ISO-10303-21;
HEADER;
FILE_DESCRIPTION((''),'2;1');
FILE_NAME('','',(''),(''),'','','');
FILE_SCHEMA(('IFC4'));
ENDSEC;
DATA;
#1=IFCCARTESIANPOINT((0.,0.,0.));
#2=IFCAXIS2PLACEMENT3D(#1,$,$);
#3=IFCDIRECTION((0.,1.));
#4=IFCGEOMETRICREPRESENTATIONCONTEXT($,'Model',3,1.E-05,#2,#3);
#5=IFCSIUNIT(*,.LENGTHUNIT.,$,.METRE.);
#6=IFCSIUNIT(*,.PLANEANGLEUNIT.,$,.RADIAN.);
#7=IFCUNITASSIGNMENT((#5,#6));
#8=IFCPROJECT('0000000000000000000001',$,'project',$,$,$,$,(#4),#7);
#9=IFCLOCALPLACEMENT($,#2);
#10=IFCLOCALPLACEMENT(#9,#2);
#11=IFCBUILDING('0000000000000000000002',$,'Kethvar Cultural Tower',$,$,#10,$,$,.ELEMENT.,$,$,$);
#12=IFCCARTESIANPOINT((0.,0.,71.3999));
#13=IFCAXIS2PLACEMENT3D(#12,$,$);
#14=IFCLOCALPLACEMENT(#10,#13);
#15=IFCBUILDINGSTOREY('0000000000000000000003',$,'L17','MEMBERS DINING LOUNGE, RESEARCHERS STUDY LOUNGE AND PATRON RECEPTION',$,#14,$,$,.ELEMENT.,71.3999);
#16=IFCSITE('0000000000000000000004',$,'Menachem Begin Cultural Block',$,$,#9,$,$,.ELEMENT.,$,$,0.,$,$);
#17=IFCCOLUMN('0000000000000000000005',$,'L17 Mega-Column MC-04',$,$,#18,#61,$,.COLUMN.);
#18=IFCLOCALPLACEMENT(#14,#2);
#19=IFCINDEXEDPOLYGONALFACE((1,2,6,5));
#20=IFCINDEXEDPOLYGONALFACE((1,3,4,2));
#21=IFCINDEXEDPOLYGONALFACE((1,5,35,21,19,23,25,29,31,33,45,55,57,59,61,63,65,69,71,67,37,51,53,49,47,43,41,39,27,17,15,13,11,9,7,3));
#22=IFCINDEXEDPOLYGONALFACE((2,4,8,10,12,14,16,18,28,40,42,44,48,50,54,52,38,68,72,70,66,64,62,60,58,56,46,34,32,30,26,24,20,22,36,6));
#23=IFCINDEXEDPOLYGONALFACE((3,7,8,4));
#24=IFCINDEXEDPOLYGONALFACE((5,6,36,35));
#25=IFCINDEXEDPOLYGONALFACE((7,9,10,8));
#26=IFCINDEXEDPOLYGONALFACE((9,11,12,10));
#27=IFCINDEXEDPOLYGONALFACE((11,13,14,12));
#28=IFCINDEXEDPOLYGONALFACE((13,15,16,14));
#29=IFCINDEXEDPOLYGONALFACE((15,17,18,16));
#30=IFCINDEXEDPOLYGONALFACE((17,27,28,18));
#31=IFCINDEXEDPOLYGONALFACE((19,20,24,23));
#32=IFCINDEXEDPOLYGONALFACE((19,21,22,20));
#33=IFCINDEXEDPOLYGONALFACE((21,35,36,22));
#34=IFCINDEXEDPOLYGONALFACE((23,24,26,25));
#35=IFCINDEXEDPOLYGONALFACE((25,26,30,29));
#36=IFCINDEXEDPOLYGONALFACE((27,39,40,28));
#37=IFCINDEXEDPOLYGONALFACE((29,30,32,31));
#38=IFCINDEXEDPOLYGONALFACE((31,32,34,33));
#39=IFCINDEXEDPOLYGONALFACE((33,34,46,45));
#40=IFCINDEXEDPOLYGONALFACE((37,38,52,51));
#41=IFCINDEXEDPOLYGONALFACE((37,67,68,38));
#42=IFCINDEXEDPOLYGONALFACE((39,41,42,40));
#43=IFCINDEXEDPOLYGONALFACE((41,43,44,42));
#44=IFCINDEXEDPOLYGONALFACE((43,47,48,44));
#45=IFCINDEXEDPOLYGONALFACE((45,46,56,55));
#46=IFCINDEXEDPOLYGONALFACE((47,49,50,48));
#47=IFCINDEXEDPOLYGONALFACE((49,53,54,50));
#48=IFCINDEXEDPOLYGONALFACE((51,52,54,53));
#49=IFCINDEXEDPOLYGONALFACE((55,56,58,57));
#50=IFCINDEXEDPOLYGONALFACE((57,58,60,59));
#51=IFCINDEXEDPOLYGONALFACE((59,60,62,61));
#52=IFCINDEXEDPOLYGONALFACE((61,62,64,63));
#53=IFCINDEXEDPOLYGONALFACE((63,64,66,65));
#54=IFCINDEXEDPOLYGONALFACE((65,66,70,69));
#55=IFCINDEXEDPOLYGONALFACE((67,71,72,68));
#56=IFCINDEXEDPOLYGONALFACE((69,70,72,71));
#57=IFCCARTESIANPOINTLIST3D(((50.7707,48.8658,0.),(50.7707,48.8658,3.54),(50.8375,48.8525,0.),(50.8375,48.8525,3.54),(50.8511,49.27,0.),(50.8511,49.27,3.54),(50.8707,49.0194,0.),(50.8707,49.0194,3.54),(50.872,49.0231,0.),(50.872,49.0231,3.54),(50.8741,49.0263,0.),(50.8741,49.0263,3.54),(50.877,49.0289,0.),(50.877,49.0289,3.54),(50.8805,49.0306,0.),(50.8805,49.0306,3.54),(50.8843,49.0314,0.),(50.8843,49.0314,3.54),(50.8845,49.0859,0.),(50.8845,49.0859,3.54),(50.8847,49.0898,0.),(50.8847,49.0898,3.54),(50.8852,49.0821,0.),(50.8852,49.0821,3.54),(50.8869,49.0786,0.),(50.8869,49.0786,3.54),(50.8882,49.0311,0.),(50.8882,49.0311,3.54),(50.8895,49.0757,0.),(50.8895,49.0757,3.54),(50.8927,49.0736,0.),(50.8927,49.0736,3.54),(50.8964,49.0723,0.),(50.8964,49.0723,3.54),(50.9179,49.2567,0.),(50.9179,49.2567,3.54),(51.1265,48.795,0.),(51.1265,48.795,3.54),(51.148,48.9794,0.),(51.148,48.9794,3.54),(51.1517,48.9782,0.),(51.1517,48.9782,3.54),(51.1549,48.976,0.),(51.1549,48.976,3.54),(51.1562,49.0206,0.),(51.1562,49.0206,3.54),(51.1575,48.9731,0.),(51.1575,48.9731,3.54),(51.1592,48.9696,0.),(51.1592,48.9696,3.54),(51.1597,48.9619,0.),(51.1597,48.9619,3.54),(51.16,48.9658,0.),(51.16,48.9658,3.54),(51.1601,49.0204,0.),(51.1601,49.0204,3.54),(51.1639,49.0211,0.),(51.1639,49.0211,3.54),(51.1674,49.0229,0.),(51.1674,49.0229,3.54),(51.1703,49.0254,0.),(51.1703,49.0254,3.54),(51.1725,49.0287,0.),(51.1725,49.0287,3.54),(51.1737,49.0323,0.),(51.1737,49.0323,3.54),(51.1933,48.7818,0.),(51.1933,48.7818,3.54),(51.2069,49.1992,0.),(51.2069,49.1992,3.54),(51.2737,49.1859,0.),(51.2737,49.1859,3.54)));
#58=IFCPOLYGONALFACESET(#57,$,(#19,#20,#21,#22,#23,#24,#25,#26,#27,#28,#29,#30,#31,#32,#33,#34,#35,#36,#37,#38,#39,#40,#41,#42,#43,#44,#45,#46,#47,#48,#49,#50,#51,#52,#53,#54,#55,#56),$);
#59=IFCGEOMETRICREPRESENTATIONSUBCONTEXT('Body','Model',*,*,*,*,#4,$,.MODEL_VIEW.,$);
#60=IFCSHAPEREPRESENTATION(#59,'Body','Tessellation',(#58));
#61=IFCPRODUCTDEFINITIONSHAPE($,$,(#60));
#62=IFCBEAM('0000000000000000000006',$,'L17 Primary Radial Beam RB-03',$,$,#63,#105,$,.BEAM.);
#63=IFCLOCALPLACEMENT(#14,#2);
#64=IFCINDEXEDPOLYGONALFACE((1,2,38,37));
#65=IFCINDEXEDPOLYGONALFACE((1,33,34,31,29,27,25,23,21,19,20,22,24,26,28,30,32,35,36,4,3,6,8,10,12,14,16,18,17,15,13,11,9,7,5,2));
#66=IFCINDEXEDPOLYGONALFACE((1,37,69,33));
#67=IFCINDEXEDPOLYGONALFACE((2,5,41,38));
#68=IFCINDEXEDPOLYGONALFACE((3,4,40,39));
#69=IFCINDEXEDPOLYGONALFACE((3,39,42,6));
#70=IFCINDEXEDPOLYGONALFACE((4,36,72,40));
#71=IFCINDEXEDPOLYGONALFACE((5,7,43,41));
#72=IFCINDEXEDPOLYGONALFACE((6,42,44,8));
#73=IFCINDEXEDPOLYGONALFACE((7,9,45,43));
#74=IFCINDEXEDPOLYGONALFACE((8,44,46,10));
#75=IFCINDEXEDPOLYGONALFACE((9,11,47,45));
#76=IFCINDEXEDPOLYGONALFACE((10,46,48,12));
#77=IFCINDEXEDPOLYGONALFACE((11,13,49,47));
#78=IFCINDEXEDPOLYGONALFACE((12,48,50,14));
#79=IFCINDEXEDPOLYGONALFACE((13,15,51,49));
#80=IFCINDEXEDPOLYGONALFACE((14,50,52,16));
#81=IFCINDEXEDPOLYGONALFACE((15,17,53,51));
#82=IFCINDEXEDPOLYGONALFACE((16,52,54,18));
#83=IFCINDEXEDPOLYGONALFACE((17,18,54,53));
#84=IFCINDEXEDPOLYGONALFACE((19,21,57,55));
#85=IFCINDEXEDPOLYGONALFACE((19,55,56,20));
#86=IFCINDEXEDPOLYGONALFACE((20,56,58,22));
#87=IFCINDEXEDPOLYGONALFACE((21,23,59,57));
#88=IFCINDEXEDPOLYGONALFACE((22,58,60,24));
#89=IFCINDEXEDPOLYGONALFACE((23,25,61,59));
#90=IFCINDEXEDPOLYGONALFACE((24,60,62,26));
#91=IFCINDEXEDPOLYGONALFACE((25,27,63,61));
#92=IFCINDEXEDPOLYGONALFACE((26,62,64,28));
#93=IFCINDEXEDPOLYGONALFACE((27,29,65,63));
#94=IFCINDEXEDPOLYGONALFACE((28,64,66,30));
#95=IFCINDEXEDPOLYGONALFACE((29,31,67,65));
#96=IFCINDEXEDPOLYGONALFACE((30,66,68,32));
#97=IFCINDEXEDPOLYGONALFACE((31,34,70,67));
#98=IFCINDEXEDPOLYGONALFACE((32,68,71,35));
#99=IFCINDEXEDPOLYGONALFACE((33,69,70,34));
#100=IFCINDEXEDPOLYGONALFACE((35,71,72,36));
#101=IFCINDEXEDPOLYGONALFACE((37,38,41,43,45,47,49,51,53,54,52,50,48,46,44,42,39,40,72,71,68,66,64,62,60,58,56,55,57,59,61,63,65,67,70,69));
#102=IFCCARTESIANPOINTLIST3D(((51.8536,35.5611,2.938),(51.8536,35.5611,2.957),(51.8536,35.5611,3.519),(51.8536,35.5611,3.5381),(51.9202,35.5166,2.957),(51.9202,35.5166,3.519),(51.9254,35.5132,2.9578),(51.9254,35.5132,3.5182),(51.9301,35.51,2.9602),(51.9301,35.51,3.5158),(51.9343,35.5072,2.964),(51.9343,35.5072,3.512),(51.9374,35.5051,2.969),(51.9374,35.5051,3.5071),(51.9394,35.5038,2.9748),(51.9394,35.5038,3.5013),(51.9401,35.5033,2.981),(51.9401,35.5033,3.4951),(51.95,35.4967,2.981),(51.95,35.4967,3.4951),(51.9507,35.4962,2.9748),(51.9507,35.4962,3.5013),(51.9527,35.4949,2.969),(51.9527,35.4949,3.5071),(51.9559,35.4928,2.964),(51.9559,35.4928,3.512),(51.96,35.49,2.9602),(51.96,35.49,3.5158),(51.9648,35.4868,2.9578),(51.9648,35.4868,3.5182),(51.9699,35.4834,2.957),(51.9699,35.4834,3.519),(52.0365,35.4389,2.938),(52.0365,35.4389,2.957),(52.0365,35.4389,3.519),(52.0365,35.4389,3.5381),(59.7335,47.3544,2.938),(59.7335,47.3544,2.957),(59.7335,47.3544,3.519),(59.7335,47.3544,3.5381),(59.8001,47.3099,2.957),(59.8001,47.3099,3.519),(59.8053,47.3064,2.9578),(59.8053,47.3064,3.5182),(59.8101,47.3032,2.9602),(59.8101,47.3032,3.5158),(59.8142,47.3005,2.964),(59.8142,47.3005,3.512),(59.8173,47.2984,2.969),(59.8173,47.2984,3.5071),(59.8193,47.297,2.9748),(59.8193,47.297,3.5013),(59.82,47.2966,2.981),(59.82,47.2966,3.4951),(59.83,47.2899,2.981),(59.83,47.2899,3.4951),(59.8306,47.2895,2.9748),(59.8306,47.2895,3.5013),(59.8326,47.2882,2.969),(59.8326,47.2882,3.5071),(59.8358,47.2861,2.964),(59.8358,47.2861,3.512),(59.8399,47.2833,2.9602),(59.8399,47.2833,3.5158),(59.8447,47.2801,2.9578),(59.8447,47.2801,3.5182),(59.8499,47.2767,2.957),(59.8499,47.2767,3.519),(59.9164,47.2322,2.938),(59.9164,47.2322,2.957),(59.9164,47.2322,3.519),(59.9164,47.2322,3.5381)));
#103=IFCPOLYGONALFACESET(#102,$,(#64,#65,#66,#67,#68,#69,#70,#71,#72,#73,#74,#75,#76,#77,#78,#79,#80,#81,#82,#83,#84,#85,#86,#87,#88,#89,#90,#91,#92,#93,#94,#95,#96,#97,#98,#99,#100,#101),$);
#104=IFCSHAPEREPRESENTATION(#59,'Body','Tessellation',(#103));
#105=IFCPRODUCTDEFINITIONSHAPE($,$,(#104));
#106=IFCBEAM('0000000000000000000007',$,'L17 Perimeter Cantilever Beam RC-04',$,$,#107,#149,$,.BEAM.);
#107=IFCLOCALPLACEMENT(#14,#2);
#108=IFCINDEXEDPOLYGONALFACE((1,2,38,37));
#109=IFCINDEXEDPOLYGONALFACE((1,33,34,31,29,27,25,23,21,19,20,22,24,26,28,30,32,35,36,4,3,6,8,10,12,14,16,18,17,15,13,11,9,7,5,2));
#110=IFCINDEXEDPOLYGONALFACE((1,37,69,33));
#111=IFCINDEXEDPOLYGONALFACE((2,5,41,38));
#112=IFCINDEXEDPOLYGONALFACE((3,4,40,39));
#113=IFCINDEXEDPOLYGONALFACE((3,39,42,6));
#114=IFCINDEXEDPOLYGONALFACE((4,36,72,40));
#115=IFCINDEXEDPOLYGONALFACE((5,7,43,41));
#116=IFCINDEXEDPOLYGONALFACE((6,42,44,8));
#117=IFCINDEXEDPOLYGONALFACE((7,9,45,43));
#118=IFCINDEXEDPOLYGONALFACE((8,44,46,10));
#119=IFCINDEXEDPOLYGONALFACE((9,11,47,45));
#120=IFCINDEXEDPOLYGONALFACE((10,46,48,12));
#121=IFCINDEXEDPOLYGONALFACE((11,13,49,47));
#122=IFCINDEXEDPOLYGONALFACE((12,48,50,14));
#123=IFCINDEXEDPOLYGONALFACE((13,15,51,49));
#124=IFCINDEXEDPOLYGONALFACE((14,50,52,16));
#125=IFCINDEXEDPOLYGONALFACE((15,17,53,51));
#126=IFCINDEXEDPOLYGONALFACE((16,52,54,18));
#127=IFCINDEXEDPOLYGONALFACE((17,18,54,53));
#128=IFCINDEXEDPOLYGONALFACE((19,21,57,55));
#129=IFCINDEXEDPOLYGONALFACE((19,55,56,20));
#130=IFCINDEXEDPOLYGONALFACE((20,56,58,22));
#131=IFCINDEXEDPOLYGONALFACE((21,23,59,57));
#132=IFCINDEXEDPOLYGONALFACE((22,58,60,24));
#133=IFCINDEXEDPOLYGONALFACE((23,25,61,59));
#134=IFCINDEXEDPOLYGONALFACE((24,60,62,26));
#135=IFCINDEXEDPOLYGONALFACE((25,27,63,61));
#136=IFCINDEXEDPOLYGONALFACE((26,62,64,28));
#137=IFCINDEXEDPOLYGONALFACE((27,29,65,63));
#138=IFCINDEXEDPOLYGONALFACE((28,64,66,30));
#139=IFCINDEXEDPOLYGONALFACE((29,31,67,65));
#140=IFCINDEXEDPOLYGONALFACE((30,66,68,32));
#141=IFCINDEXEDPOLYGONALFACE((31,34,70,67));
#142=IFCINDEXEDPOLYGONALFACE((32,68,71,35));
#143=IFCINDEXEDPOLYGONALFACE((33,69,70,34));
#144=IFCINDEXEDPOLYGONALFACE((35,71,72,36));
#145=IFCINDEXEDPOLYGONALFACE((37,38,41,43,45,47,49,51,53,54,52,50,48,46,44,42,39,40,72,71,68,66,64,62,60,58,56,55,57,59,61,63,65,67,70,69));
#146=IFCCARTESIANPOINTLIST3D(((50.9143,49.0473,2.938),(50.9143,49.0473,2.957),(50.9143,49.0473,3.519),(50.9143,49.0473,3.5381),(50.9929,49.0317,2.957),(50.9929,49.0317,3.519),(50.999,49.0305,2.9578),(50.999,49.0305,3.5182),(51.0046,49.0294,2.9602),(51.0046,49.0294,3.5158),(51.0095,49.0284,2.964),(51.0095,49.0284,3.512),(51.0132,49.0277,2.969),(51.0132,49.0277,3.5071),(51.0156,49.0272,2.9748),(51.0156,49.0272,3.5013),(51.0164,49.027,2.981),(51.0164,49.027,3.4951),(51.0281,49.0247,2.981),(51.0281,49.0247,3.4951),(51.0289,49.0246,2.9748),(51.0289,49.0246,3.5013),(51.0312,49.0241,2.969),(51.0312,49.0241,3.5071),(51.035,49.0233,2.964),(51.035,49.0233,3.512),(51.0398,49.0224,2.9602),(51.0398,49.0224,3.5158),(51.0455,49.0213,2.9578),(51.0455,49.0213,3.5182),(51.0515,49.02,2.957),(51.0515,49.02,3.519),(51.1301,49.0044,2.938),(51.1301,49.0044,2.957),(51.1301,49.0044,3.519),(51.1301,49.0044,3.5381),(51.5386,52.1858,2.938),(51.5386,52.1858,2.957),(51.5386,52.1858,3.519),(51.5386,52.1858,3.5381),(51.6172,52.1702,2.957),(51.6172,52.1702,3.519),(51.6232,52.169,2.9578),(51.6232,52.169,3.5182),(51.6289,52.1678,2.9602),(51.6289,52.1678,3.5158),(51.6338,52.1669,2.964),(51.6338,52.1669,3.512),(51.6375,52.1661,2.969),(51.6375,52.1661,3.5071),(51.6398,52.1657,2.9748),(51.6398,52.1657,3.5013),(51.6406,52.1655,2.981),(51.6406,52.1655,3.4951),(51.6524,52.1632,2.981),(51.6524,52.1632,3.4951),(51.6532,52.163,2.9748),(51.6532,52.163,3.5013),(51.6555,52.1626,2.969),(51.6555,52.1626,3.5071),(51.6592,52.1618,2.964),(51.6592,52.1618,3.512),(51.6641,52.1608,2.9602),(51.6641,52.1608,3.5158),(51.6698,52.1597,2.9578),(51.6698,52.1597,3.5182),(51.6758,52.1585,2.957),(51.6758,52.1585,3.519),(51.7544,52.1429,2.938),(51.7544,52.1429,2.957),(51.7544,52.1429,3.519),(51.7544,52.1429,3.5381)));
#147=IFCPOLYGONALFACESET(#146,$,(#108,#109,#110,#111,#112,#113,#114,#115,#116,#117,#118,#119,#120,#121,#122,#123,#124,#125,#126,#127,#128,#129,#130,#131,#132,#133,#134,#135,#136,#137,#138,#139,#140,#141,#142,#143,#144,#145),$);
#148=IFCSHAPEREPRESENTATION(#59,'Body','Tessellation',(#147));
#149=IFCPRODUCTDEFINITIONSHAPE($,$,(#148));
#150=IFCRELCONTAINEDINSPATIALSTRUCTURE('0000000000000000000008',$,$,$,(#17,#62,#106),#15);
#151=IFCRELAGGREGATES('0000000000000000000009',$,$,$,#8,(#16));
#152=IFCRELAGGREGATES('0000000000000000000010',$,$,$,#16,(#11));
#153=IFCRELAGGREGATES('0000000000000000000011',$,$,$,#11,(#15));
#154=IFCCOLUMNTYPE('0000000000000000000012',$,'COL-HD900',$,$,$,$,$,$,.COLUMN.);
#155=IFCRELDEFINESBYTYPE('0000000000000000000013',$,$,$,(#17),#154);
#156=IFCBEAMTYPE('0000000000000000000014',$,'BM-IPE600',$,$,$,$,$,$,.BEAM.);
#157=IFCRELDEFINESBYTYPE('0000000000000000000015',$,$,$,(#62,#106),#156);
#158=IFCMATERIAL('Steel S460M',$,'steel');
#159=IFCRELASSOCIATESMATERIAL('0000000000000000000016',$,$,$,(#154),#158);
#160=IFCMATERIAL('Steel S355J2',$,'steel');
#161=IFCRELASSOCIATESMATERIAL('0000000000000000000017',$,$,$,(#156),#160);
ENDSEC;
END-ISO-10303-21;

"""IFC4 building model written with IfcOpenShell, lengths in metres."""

from ifc_helpers import new_model, si_unit, direction, frame, origin, origin_2d, place, context, subcontext, project, spatial, i_section, extrude, source, transform, mapped, material, material_profile, profile_set, type_object, element, save


model = new_model("IFC4")

# Units and contexts
model_context = context("Model", 3, precision=1e-05, world=origin(), true_north=direction((0.0, 1.0)))
body_context = subcontext(model_context, "Body", "Model", "MODEL_VIEW")
ifc_project = project(units=[si_unit("LENGTHUNIT", "METRE"), si_unit("PLANEANGLEUNIT", "RADIAN")], contexts=[model_context])

# Site, building, storey
site_placement = place(None, origin())
site = spatial("IfcSite", under=ifc_project, at=site_placement, Name="Menachem Begin Cultural Block", CompositionType="ELEMENT", RefElevation=0.0)
building_placement = place(site_placement, origin())
building = spatial("IfcBuilding", under=site, at=building_placement, Name="Kethvar Cultural Tower", CompositionType="ELEMENT")
storey_placement = place(building_placement, frame((0.0, 0.0, 71.3999)))
storey = spatial("IfcBuildingStorey", under=building, at=storey_placement, Name="L17", Description="MEMBERS DINING LOUNGE, RESEARCHERS STUDY LOUNGE AND PATRON RECEPTION", CompositionType="ELEMENT", Elevation=71.3999)

# Column
ifc_material_1 = material(Name="Steel S460M", Category="steel")
ifc_material_profile_1 = material_profile(ifc_material_1, i_section(OverallWidth=0.4121, OverallDepth=0.4309, WebThickness=0.042, FlangeThickness=0.0681, FilletRadius=0.0149, at=origin_2d()), Name="Steel S460M — HD400x900")
ifc_profile_set_1 = profile_set([ifc_material_profile_1], Name="Steel S460M — HD400x900")
column_type = type_object("IfcColumnType", Name="COL-HD900", PredefinedType="COLUMN", material=ifc_profile_set_1)
shared_shape_1 = source(origin(), body_context, "Body", "SweptSolid", [
    extrude(i_section(OverallWidth=0.4121, OverallDepth=0.4309, WebThickness=0.042, FlangeThickness=0.0681, FilletRadius=0.0149, at=origin_2d()), origin(), (0.0, 0.0, 1.0), 3.54),
])
column_placement = place(storey_placement, frame((51.0222, 49.0259, 0.0), z_axis=(0.0, 0.0, 1.0), x_axis=(0.19509, 0.980785, 0.0)))
element("IfcColumn", 1, at=column_placement, inside=storey, type_object=column_type, Name="L17 Mega-Column MC-04", PredefinedType="COLUMN", context=body_context, shape_type="MappedRepresentation", body=[
    mapped(shared_shape_1, transform((0.0, 0.0, 0.0), scale=1.0)),
])

# Beams
ifc_material_2 = material(Name="Steel S355J2", Category="steel")
ifc_material_profile_2 = material_profile(ifc_material_2, i_section(OverallWidth=0.22, OverallDepth=0.6001, WebThickness=0.012, FlangeThickness=0.019, FilletRadius=0.0239, at=origin_2d()), Name="Steel S355J2 — IPE600")
ifc_profile_set_2 = profile_set([ifc_material_profile_2], Name="Steel S355J2 — IPE600")
beam_type_1 = type_object("IfcBeamType", Name="BM-IPE600", PredefinedType="BEAM", material=ifc_profile_set_2)
shared_shape_2 = source(origin(), body_context, "Body", "SweptSolid", [
    extrude(i_section(OverallWidth=0.22, OverallDepth=0.6001, WebThickness=0.012, FlangeThickness=0.019, FilletRadius=0.0239, at=origin_2d()), origin(), (0.0, 0.0, 1.0), 14.1836),
])
beam_1_placement = place(storey_placement, frame((51.9451, 35.5, 3.238), z_axis=(0.555566, 0.831473, 0.0), x_axis=(-0.831473, 0.555566, 0.0)))
element("IfcBeam", 2, at=beam_1_placement, inside=storey, type_object=beam_type_1, Name="L17 Primary Radial Beam RB-03", PredefinedType="BEAM", context=body_context, shape_type="MappedRepresentation", body=[
    mapped(shared_shape_2, transform((0.0, 0.0, 0.0), scale=1.0)),
])
shared_shape_3 = source(origin(), body_context, "Body", "SweptSolid", [
    extrude(i_section(OverallWidth=0.22, OverallDepth=0.6001, WebThickness=0.012, FlangeThickness=0.019, FilletRadius=0.0239, at=origin_2d()), origin(), (0.0, 0.0, 1.0), 3.2),
])
beam_2_placement = place(storey_placement, frame((51.0222, 49.0259, 3.238), z_axis=(0.195089, 0.980786, 0.0), x_axis=(-0.980786, 0.195089, 0.0)))
element("IfcBeam", 3, at=beam_2_placement, inside=storey, type_object=beam_type_1, Name="L17 Perimeter Cantilever Beam RC-04", PredefinedType="BEAM", context=body_context, shape_type="MappedRepresentation", body=[
    mapped(shared_shape_3, transform((0.0, 0.0, 0.0), scale=1.0)),
])

save(model, "model.ifc")
